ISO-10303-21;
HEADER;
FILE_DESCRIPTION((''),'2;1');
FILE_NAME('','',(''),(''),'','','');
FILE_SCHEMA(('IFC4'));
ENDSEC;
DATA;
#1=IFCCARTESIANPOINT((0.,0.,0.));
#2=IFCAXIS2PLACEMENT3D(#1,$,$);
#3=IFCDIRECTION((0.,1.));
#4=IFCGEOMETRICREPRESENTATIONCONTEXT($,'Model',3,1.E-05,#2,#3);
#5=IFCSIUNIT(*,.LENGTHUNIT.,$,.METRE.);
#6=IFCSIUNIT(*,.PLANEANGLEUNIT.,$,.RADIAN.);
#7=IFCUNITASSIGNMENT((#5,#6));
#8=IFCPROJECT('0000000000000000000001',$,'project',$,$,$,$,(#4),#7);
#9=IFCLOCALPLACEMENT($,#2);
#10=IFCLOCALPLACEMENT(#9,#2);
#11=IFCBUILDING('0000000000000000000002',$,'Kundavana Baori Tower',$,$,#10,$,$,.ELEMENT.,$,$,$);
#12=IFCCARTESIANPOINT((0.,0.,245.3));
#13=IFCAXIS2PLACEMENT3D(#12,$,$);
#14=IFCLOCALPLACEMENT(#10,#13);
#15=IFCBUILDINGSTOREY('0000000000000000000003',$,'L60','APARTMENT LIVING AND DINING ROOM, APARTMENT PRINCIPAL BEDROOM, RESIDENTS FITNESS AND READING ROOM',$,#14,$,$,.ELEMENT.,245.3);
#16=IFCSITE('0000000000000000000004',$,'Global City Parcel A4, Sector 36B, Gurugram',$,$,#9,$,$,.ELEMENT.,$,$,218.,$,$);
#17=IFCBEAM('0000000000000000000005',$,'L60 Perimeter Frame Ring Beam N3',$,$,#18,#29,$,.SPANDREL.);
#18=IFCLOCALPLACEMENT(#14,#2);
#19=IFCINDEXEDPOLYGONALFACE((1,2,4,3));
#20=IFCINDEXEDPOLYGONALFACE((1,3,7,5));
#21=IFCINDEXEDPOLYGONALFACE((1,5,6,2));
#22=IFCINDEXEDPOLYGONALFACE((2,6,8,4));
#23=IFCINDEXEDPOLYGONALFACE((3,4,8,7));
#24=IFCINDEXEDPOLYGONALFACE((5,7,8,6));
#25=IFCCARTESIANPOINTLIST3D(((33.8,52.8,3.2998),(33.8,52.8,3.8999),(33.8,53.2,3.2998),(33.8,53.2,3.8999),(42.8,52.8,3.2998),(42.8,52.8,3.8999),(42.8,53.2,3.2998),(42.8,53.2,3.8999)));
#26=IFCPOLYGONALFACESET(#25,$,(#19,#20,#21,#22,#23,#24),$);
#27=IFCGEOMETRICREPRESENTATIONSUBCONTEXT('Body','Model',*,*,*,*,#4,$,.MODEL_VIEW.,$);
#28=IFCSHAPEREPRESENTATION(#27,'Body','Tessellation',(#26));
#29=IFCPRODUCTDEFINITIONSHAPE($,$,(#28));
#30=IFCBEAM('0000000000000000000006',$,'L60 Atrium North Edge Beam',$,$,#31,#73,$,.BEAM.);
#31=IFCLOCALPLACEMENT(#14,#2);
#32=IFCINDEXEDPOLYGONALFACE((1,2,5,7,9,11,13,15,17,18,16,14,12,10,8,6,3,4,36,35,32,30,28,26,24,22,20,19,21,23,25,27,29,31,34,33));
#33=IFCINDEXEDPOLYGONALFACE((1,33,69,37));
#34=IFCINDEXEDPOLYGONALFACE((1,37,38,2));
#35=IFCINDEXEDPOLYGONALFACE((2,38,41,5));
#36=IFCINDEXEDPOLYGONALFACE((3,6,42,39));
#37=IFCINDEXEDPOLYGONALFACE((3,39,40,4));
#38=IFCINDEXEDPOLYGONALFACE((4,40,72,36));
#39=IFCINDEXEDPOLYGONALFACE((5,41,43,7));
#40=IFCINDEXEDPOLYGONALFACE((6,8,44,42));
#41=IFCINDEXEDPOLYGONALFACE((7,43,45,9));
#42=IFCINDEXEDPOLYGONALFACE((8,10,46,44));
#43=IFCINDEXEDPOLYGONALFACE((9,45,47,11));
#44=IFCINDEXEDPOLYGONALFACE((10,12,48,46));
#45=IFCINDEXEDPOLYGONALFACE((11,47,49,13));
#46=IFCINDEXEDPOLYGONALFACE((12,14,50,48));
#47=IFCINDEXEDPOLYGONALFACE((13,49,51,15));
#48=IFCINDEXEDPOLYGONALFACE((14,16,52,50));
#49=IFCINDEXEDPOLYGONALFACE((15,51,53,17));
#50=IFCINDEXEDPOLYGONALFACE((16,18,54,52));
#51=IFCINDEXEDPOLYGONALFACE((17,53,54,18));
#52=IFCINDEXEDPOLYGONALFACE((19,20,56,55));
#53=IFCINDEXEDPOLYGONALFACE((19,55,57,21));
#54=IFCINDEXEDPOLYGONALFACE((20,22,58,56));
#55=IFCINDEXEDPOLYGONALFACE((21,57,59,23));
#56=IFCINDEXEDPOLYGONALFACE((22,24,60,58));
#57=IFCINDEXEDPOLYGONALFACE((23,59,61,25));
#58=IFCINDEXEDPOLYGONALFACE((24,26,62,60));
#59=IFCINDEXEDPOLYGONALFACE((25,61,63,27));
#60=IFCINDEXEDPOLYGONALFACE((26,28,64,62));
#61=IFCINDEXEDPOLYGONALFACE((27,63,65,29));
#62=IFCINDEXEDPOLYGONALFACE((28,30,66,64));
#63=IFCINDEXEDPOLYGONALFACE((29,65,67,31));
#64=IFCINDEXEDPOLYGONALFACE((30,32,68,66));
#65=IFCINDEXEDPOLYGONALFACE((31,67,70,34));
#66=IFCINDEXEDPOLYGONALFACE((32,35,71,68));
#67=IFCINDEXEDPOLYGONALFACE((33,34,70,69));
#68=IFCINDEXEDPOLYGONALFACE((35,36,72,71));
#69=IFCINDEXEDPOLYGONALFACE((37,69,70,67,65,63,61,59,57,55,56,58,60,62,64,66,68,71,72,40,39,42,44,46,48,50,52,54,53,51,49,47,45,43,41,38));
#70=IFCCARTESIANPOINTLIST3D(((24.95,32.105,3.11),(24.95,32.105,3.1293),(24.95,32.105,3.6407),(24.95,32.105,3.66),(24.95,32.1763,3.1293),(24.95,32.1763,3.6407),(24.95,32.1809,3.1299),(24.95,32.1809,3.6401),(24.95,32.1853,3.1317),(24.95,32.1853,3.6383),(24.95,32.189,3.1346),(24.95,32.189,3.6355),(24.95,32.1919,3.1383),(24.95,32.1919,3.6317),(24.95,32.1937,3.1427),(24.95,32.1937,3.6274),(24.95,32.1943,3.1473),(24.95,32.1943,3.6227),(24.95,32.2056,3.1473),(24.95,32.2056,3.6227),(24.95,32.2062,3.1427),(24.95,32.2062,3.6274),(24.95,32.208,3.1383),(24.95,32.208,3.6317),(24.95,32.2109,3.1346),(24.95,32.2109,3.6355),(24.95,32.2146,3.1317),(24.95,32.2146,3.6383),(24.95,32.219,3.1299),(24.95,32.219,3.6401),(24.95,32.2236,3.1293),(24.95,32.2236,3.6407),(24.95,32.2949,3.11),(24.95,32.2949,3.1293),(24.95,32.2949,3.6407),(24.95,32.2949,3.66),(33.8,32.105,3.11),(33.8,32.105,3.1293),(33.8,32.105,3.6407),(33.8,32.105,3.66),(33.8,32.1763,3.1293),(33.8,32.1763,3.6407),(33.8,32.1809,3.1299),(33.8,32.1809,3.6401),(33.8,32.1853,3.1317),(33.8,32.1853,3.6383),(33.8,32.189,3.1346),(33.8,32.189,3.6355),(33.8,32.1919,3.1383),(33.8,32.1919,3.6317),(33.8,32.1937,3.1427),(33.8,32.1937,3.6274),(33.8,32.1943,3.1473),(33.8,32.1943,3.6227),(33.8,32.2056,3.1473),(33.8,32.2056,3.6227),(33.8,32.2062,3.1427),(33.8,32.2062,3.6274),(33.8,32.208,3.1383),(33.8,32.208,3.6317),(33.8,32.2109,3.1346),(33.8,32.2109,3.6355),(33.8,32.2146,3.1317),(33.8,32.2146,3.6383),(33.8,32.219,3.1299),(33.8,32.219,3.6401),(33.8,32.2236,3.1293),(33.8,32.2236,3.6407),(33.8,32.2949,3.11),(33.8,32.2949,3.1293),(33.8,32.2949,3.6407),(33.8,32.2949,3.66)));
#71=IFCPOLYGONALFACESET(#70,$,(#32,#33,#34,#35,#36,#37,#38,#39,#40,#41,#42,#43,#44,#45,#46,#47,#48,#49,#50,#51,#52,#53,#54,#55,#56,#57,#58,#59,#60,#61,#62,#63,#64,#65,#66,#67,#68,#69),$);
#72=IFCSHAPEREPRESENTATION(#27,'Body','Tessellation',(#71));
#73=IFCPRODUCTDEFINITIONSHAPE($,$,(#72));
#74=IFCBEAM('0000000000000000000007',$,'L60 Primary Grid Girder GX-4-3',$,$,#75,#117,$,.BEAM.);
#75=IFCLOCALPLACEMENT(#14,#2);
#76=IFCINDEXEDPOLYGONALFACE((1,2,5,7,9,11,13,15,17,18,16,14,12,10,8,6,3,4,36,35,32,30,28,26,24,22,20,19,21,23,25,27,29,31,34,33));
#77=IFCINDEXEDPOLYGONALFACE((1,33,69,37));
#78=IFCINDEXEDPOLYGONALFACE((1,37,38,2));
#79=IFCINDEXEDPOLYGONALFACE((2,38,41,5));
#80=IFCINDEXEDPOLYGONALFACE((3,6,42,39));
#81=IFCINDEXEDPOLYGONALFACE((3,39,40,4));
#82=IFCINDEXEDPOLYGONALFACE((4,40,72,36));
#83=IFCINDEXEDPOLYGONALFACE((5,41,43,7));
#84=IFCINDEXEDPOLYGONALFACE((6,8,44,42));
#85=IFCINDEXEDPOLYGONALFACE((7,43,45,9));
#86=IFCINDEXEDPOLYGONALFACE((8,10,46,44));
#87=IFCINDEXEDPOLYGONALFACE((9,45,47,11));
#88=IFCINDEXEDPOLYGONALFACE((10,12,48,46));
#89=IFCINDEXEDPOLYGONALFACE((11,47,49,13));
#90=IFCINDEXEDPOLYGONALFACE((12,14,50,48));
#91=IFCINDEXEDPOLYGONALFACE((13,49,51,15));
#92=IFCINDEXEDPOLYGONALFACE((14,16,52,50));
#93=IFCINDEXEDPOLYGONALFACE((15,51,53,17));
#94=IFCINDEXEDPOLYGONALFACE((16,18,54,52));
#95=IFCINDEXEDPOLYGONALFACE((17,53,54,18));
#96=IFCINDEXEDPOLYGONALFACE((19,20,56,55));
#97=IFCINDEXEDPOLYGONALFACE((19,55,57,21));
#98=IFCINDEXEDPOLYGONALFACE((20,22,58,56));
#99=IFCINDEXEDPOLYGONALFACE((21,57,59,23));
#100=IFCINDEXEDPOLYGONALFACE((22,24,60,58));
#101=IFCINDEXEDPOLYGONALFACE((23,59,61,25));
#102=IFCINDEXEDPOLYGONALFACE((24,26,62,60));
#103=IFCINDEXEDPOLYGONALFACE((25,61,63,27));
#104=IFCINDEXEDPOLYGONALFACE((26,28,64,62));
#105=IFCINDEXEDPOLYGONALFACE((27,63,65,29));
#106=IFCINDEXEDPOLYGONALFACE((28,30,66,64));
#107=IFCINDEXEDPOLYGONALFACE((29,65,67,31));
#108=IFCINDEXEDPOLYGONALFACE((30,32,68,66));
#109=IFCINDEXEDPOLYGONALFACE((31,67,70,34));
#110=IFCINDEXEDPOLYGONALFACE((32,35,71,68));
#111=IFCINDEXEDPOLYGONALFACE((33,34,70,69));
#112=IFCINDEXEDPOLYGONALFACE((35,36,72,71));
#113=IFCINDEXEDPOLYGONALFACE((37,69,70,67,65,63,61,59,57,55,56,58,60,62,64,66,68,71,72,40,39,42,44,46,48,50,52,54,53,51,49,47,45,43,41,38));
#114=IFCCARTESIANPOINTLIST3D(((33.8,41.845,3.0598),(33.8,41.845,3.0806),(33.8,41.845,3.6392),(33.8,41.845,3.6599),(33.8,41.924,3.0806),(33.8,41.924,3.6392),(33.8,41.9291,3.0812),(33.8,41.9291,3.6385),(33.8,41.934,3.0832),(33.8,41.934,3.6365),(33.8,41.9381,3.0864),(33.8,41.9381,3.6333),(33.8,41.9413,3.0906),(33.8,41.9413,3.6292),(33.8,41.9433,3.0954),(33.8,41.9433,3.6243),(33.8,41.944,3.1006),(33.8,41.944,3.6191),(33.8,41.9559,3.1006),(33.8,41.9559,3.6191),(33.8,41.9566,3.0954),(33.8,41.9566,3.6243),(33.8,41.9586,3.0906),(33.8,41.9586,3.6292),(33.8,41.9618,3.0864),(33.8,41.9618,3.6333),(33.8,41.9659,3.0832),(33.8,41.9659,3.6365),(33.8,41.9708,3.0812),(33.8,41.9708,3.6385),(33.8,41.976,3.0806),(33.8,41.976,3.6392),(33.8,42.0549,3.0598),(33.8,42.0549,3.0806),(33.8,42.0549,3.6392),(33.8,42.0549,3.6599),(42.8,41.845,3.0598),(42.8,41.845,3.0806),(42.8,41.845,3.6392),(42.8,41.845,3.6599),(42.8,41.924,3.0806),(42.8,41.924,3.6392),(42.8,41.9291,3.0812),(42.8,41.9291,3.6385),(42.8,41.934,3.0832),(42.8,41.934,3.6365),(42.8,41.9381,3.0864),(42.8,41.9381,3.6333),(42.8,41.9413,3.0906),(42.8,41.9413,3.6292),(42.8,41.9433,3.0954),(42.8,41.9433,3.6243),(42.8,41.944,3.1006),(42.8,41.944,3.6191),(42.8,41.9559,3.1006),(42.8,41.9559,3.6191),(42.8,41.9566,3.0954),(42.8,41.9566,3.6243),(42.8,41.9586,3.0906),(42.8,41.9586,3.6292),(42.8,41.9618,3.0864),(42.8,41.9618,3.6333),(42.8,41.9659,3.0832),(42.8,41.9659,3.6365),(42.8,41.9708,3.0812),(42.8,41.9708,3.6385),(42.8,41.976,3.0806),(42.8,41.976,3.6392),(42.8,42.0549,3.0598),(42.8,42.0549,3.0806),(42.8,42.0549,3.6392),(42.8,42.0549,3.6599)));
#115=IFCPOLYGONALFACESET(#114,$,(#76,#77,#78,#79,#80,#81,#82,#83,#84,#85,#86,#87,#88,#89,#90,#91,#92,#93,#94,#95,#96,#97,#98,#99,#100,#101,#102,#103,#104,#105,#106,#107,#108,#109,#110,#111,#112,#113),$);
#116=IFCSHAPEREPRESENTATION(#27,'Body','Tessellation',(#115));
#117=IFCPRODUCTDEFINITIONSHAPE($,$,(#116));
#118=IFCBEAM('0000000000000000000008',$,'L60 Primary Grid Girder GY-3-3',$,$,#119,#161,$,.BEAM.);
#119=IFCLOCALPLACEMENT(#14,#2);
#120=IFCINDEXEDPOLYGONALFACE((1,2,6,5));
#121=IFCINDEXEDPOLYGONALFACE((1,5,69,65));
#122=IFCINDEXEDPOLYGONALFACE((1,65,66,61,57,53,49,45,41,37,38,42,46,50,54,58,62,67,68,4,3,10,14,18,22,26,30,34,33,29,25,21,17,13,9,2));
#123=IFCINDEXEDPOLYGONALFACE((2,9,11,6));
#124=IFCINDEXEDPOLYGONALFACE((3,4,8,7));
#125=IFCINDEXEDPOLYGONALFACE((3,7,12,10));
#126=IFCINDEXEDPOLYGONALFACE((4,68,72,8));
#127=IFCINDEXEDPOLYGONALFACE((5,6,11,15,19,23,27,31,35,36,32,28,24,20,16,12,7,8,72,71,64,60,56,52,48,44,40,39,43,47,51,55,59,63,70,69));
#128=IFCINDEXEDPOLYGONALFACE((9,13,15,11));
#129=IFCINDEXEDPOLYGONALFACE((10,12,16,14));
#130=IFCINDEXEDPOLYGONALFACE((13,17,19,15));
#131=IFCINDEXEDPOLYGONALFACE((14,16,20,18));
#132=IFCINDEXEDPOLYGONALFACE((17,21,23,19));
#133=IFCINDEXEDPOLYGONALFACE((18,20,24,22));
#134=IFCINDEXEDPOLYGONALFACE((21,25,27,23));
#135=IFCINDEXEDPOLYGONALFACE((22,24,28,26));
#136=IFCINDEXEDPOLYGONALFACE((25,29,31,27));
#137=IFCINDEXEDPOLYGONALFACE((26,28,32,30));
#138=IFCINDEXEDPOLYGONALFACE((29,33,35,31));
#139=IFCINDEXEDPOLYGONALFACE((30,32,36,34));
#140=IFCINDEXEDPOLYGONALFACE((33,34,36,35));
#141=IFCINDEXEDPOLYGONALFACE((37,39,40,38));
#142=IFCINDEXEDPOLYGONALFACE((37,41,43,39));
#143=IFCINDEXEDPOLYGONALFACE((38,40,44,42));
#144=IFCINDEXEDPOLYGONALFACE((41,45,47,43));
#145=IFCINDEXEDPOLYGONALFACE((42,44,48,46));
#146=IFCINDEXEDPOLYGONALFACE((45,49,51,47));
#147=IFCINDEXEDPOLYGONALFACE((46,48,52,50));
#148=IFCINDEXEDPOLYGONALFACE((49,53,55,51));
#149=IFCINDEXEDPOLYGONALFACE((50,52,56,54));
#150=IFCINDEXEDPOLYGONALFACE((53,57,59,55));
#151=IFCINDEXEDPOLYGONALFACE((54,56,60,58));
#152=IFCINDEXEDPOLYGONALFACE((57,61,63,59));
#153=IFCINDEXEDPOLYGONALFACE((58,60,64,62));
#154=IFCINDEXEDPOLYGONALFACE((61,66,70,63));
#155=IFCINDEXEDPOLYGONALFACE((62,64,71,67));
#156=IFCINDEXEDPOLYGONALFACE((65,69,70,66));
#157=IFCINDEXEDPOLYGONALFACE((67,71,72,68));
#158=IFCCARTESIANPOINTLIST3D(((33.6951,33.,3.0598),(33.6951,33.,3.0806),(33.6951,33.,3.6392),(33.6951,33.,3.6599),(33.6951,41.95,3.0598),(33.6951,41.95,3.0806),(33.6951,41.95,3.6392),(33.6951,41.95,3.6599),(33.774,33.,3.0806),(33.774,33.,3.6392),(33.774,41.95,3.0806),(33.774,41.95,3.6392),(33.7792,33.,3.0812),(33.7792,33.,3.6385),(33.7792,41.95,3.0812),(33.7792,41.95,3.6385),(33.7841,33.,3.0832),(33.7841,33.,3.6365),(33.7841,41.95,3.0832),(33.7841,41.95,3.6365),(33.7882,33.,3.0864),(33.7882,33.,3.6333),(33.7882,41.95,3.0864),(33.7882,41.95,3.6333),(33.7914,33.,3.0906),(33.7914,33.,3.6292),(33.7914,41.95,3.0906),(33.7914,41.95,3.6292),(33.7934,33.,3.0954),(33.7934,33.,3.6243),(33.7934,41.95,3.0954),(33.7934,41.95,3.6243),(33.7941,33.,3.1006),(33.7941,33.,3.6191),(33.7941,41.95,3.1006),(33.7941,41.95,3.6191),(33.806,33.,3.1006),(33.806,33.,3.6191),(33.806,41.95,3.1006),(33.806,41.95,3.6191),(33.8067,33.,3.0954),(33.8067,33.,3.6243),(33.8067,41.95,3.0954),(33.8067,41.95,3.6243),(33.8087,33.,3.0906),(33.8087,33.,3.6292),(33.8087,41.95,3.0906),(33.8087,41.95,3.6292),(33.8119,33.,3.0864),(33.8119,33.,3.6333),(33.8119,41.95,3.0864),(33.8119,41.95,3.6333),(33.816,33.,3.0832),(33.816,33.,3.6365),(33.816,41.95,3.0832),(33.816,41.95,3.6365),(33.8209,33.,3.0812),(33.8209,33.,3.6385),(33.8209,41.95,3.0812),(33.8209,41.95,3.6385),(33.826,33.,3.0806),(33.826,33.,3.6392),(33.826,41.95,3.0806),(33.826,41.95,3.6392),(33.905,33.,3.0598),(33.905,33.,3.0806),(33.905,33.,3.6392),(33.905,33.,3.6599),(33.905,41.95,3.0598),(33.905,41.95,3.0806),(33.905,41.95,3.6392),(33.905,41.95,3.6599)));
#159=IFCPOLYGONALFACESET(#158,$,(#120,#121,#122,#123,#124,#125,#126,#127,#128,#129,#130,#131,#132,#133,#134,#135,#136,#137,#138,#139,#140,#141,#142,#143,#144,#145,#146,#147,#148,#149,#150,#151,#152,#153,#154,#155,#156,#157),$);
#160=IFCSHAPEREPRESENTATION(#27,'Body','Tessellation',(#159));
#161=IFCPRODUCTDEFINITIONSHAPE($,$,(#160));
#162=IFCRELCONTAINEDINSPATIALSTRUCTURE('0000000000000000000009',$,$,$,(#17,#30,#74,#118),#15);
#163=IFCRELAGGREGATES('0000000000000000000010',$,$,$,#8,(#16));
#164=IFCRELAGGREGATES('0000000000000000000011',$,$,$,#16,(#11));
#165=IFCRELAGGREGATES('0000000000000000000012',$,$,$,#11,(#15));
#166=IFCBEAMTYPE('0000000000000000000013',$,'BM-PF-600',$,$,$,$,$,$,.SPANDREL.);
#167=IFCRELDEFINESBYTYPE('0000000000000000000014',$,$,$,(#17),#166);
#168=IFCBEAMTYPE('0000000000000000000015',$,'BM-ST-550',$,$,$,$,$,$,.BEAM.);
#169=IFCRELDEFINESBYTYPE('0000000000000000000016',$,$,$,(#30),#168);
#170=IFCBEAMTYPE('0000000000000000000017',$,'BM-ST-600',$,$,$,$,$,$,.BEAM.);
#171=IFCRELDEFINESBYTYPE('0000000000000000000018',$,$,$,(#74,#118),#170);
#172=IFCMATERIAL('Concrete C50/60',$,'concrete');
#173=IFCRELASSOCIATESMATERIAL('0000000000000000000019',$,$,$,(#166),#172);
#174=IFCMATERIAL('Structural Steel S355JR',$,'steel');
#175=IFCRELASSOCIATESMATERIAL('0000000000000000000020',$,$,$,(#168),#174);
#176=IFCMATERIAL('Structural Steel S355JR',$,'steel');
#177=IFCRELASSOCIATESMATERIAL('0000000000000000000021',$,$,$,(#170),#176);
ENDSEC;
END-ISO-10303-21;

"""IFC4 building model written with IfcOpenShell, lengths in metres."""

from ifc_helpers import new_model, si_unit, direction, frame, origin, origin_2d, place, context, subcontext, project, spatial, rectangle, i_section, extrude, material, material_profile, profile_set, type_object, element, save


model = new_model("IFC4")

# Units and contexts
model_context = context("Model", 3, precision=1e-05, world=origin(), true_north=direction((0.0, 1.0)))
body_context = subcontext(model_context, "Body", "Model", "MODEL_VIEW")
ifc_project = project(units=[si_unit("LENGTHUNIT", "METRE"), si_unit("PLANEANGLEUNIT", "RADIAN")], contexts=[model_context])

# Site, building, storey
site_placement = place(None, origin())
site = spatial("IfcSite", under=ifc_project, at=site_placement, Name="Global City Parcel A4, Sector 36B, Gurugram", CompositionType="ELEMENT", RefElevation=218.0)
building_placement = place(site_placement, origin())
building = spatial("IfcBuilding", under=site, at=building_placement, Name="Kundavana Baori Tower", CompositionType="ELEMENT")
storey_placement = place(building_placement, frame((0.0, 0.0, 245.3)))
storey = spatial("IfcBuildingStorey", under=building, at=storey_placement, Name="L60", Description="APARTMENT LIVING AND DINING ROOM, APARTMENT PRINCIPAL BEDROOM, RESIDENTS FITNESS AND READING ROOM", CompositionType="ELEMENT", Elevation=245.3)

# Beams
ifc_material_1 = material(Name="Concrete C50/60", Category="concrete")
ifc_material_profile_1 = material_profile(ifc_material_1, rectangle(XDim=0.3999, YDim=0.6001, at=origin_2d()), Name="RC BM 400x600")
ifc_profile_set_1 = profile_set([ifc_material_profile_1], Name="Concrete C50/60")
beam_type_1 = type_object("IfcBeamType", Name="BM-PF-600", PredefinedType="SPANDREL", material=ifc_profile_set_1)
beam_1_placement = place(storey_placement, frame((33.8, 53.0, 3.5999), z_axis=(1.0, 0.0, 0.0), x_axis=(0.0, 1.0, 0.0)))
element("IfcBeam", 1, at=beam_1_placement, inside=storey, type_object=beam_type_1, Name="L60 Perimeter Frame Ring Beam N3", PredefinedType="SPANDREL", context=body_context, shape_type="SweptSolid", body=[
    extrude(rectangle(XDim=0.3999, YDim=0.6001, at=origin_2d()), origin(), (0.0, 0.0, 1.0), 9.0),
])
ifc_material_2 = material(Name="Structural Steel S355JR", Category="steel")
ifc_material_profile_2 = material_profile(ifc_material_2, i_section(OverallWidth=0.1899, OverallDepth=0.55, WebThickness=0.0112, FlangeThickness=0.0193, FilletRadius=0.0181, at=origin_2d()), Name="ISMB 550")
ifc_profile_set_2 = profile_set([ifc_material_profile_2], Name="Structural Steel S355JR")
beam_type_2 = type_object("IfcBeamType", Name="BM-ST-550", PredefinedType="BEAM", material=ifc_profile_set_2)
beam_2_placement = place(storey_placement, frame((24.95, 32.2, 3.385), z_axis=(1.0, 0.0, 0.0), x_axis=(0.0, 1.0, 0.0)))
element("IfcBeam", 2, at=beam_2_placement, inside=storey, type_object=beam_type_2, Name="L60 Atrium North Edge Beam", PredefinedType="BEAM", context=body_context, shape_type="SweptSolid", body=[
    extrude(i_section(OverallWidth=0.1899, OverallDepth=0.55, WebThickness=0.0112, FlangeThickness=0.0193, FilletRadius=0.0181, at=origin_2d()), origin(), (0.0, 0.0, 1.0), 8.8501),
])
ifc_material_3 = material(Name="Structural Steel S355JR", Category="steel")
ifc_material_profile_3 = material_profile(ifc_material_3, i_section(OverallWidth=0.21, OverallDepth=0.6001, WebThickness=0.012, FlangeThickness=0.0208, FilletRadius=0.02, at=origin_2d()), Name="ISMB 600")
ifc_profile_set_3 = profile_set([ifc_material_profile_3], Name="Structural Steel S355JR")
beam_type_3 = type_object("IfcBeamType", Name="BM-ST-600", PredefinedType="BEAM", material=ifc_profile_set_3)
beam_3_placement = place(storey_placement, frame((33.8, 41.95, 3.3599), z_axis=(1.0, 0.0, 0.0), x_axis=(0.0, 1.0, 0.0)))
element("IfcBeam", 3, at=beam_3_placement, inside=storey, type_object=beam_type_3, Name="L60 Primary Grid Girder GX-4-3", PredefinedType="BEAM", context=body_context, shape_type="SweptSolid", body=[
    extrude(i_section(OverallWidth=0.21, OverallDepth=0.6001, WebThickness=0.012, FlangeThickness=0.0208, FilletRadius=0.02, at=origin_2d()), origin(), (0.0, 0.0, 1.0), 9.0),
])
beam_4_placement = place(storey_placement, frame((33.8, 33.0, 3.3599), z_axis=(0.0, 1.0, 0.0), x_axis=(-1.0, 0.0, 0.0)))
element("IfcBeam", 4, at=beam_4_placement, inside=storey, type_object=beam_type_3, Name="L60 Primary Grid Girder GY-3-3", PredefinedType="BEAM", context=body_context, shape_type="SweptSolid", body=[
    extrude(i_section(OverallWidth=0.21, OverallDepth=0.6001, WebThickness=0.012, FlangeThickness=0.0208, FilletRadius=0.02, at=origin_2d()), origin(), (0.0, 0.0, 1.0), 8.95),
])

save(model, "model.ifc")
